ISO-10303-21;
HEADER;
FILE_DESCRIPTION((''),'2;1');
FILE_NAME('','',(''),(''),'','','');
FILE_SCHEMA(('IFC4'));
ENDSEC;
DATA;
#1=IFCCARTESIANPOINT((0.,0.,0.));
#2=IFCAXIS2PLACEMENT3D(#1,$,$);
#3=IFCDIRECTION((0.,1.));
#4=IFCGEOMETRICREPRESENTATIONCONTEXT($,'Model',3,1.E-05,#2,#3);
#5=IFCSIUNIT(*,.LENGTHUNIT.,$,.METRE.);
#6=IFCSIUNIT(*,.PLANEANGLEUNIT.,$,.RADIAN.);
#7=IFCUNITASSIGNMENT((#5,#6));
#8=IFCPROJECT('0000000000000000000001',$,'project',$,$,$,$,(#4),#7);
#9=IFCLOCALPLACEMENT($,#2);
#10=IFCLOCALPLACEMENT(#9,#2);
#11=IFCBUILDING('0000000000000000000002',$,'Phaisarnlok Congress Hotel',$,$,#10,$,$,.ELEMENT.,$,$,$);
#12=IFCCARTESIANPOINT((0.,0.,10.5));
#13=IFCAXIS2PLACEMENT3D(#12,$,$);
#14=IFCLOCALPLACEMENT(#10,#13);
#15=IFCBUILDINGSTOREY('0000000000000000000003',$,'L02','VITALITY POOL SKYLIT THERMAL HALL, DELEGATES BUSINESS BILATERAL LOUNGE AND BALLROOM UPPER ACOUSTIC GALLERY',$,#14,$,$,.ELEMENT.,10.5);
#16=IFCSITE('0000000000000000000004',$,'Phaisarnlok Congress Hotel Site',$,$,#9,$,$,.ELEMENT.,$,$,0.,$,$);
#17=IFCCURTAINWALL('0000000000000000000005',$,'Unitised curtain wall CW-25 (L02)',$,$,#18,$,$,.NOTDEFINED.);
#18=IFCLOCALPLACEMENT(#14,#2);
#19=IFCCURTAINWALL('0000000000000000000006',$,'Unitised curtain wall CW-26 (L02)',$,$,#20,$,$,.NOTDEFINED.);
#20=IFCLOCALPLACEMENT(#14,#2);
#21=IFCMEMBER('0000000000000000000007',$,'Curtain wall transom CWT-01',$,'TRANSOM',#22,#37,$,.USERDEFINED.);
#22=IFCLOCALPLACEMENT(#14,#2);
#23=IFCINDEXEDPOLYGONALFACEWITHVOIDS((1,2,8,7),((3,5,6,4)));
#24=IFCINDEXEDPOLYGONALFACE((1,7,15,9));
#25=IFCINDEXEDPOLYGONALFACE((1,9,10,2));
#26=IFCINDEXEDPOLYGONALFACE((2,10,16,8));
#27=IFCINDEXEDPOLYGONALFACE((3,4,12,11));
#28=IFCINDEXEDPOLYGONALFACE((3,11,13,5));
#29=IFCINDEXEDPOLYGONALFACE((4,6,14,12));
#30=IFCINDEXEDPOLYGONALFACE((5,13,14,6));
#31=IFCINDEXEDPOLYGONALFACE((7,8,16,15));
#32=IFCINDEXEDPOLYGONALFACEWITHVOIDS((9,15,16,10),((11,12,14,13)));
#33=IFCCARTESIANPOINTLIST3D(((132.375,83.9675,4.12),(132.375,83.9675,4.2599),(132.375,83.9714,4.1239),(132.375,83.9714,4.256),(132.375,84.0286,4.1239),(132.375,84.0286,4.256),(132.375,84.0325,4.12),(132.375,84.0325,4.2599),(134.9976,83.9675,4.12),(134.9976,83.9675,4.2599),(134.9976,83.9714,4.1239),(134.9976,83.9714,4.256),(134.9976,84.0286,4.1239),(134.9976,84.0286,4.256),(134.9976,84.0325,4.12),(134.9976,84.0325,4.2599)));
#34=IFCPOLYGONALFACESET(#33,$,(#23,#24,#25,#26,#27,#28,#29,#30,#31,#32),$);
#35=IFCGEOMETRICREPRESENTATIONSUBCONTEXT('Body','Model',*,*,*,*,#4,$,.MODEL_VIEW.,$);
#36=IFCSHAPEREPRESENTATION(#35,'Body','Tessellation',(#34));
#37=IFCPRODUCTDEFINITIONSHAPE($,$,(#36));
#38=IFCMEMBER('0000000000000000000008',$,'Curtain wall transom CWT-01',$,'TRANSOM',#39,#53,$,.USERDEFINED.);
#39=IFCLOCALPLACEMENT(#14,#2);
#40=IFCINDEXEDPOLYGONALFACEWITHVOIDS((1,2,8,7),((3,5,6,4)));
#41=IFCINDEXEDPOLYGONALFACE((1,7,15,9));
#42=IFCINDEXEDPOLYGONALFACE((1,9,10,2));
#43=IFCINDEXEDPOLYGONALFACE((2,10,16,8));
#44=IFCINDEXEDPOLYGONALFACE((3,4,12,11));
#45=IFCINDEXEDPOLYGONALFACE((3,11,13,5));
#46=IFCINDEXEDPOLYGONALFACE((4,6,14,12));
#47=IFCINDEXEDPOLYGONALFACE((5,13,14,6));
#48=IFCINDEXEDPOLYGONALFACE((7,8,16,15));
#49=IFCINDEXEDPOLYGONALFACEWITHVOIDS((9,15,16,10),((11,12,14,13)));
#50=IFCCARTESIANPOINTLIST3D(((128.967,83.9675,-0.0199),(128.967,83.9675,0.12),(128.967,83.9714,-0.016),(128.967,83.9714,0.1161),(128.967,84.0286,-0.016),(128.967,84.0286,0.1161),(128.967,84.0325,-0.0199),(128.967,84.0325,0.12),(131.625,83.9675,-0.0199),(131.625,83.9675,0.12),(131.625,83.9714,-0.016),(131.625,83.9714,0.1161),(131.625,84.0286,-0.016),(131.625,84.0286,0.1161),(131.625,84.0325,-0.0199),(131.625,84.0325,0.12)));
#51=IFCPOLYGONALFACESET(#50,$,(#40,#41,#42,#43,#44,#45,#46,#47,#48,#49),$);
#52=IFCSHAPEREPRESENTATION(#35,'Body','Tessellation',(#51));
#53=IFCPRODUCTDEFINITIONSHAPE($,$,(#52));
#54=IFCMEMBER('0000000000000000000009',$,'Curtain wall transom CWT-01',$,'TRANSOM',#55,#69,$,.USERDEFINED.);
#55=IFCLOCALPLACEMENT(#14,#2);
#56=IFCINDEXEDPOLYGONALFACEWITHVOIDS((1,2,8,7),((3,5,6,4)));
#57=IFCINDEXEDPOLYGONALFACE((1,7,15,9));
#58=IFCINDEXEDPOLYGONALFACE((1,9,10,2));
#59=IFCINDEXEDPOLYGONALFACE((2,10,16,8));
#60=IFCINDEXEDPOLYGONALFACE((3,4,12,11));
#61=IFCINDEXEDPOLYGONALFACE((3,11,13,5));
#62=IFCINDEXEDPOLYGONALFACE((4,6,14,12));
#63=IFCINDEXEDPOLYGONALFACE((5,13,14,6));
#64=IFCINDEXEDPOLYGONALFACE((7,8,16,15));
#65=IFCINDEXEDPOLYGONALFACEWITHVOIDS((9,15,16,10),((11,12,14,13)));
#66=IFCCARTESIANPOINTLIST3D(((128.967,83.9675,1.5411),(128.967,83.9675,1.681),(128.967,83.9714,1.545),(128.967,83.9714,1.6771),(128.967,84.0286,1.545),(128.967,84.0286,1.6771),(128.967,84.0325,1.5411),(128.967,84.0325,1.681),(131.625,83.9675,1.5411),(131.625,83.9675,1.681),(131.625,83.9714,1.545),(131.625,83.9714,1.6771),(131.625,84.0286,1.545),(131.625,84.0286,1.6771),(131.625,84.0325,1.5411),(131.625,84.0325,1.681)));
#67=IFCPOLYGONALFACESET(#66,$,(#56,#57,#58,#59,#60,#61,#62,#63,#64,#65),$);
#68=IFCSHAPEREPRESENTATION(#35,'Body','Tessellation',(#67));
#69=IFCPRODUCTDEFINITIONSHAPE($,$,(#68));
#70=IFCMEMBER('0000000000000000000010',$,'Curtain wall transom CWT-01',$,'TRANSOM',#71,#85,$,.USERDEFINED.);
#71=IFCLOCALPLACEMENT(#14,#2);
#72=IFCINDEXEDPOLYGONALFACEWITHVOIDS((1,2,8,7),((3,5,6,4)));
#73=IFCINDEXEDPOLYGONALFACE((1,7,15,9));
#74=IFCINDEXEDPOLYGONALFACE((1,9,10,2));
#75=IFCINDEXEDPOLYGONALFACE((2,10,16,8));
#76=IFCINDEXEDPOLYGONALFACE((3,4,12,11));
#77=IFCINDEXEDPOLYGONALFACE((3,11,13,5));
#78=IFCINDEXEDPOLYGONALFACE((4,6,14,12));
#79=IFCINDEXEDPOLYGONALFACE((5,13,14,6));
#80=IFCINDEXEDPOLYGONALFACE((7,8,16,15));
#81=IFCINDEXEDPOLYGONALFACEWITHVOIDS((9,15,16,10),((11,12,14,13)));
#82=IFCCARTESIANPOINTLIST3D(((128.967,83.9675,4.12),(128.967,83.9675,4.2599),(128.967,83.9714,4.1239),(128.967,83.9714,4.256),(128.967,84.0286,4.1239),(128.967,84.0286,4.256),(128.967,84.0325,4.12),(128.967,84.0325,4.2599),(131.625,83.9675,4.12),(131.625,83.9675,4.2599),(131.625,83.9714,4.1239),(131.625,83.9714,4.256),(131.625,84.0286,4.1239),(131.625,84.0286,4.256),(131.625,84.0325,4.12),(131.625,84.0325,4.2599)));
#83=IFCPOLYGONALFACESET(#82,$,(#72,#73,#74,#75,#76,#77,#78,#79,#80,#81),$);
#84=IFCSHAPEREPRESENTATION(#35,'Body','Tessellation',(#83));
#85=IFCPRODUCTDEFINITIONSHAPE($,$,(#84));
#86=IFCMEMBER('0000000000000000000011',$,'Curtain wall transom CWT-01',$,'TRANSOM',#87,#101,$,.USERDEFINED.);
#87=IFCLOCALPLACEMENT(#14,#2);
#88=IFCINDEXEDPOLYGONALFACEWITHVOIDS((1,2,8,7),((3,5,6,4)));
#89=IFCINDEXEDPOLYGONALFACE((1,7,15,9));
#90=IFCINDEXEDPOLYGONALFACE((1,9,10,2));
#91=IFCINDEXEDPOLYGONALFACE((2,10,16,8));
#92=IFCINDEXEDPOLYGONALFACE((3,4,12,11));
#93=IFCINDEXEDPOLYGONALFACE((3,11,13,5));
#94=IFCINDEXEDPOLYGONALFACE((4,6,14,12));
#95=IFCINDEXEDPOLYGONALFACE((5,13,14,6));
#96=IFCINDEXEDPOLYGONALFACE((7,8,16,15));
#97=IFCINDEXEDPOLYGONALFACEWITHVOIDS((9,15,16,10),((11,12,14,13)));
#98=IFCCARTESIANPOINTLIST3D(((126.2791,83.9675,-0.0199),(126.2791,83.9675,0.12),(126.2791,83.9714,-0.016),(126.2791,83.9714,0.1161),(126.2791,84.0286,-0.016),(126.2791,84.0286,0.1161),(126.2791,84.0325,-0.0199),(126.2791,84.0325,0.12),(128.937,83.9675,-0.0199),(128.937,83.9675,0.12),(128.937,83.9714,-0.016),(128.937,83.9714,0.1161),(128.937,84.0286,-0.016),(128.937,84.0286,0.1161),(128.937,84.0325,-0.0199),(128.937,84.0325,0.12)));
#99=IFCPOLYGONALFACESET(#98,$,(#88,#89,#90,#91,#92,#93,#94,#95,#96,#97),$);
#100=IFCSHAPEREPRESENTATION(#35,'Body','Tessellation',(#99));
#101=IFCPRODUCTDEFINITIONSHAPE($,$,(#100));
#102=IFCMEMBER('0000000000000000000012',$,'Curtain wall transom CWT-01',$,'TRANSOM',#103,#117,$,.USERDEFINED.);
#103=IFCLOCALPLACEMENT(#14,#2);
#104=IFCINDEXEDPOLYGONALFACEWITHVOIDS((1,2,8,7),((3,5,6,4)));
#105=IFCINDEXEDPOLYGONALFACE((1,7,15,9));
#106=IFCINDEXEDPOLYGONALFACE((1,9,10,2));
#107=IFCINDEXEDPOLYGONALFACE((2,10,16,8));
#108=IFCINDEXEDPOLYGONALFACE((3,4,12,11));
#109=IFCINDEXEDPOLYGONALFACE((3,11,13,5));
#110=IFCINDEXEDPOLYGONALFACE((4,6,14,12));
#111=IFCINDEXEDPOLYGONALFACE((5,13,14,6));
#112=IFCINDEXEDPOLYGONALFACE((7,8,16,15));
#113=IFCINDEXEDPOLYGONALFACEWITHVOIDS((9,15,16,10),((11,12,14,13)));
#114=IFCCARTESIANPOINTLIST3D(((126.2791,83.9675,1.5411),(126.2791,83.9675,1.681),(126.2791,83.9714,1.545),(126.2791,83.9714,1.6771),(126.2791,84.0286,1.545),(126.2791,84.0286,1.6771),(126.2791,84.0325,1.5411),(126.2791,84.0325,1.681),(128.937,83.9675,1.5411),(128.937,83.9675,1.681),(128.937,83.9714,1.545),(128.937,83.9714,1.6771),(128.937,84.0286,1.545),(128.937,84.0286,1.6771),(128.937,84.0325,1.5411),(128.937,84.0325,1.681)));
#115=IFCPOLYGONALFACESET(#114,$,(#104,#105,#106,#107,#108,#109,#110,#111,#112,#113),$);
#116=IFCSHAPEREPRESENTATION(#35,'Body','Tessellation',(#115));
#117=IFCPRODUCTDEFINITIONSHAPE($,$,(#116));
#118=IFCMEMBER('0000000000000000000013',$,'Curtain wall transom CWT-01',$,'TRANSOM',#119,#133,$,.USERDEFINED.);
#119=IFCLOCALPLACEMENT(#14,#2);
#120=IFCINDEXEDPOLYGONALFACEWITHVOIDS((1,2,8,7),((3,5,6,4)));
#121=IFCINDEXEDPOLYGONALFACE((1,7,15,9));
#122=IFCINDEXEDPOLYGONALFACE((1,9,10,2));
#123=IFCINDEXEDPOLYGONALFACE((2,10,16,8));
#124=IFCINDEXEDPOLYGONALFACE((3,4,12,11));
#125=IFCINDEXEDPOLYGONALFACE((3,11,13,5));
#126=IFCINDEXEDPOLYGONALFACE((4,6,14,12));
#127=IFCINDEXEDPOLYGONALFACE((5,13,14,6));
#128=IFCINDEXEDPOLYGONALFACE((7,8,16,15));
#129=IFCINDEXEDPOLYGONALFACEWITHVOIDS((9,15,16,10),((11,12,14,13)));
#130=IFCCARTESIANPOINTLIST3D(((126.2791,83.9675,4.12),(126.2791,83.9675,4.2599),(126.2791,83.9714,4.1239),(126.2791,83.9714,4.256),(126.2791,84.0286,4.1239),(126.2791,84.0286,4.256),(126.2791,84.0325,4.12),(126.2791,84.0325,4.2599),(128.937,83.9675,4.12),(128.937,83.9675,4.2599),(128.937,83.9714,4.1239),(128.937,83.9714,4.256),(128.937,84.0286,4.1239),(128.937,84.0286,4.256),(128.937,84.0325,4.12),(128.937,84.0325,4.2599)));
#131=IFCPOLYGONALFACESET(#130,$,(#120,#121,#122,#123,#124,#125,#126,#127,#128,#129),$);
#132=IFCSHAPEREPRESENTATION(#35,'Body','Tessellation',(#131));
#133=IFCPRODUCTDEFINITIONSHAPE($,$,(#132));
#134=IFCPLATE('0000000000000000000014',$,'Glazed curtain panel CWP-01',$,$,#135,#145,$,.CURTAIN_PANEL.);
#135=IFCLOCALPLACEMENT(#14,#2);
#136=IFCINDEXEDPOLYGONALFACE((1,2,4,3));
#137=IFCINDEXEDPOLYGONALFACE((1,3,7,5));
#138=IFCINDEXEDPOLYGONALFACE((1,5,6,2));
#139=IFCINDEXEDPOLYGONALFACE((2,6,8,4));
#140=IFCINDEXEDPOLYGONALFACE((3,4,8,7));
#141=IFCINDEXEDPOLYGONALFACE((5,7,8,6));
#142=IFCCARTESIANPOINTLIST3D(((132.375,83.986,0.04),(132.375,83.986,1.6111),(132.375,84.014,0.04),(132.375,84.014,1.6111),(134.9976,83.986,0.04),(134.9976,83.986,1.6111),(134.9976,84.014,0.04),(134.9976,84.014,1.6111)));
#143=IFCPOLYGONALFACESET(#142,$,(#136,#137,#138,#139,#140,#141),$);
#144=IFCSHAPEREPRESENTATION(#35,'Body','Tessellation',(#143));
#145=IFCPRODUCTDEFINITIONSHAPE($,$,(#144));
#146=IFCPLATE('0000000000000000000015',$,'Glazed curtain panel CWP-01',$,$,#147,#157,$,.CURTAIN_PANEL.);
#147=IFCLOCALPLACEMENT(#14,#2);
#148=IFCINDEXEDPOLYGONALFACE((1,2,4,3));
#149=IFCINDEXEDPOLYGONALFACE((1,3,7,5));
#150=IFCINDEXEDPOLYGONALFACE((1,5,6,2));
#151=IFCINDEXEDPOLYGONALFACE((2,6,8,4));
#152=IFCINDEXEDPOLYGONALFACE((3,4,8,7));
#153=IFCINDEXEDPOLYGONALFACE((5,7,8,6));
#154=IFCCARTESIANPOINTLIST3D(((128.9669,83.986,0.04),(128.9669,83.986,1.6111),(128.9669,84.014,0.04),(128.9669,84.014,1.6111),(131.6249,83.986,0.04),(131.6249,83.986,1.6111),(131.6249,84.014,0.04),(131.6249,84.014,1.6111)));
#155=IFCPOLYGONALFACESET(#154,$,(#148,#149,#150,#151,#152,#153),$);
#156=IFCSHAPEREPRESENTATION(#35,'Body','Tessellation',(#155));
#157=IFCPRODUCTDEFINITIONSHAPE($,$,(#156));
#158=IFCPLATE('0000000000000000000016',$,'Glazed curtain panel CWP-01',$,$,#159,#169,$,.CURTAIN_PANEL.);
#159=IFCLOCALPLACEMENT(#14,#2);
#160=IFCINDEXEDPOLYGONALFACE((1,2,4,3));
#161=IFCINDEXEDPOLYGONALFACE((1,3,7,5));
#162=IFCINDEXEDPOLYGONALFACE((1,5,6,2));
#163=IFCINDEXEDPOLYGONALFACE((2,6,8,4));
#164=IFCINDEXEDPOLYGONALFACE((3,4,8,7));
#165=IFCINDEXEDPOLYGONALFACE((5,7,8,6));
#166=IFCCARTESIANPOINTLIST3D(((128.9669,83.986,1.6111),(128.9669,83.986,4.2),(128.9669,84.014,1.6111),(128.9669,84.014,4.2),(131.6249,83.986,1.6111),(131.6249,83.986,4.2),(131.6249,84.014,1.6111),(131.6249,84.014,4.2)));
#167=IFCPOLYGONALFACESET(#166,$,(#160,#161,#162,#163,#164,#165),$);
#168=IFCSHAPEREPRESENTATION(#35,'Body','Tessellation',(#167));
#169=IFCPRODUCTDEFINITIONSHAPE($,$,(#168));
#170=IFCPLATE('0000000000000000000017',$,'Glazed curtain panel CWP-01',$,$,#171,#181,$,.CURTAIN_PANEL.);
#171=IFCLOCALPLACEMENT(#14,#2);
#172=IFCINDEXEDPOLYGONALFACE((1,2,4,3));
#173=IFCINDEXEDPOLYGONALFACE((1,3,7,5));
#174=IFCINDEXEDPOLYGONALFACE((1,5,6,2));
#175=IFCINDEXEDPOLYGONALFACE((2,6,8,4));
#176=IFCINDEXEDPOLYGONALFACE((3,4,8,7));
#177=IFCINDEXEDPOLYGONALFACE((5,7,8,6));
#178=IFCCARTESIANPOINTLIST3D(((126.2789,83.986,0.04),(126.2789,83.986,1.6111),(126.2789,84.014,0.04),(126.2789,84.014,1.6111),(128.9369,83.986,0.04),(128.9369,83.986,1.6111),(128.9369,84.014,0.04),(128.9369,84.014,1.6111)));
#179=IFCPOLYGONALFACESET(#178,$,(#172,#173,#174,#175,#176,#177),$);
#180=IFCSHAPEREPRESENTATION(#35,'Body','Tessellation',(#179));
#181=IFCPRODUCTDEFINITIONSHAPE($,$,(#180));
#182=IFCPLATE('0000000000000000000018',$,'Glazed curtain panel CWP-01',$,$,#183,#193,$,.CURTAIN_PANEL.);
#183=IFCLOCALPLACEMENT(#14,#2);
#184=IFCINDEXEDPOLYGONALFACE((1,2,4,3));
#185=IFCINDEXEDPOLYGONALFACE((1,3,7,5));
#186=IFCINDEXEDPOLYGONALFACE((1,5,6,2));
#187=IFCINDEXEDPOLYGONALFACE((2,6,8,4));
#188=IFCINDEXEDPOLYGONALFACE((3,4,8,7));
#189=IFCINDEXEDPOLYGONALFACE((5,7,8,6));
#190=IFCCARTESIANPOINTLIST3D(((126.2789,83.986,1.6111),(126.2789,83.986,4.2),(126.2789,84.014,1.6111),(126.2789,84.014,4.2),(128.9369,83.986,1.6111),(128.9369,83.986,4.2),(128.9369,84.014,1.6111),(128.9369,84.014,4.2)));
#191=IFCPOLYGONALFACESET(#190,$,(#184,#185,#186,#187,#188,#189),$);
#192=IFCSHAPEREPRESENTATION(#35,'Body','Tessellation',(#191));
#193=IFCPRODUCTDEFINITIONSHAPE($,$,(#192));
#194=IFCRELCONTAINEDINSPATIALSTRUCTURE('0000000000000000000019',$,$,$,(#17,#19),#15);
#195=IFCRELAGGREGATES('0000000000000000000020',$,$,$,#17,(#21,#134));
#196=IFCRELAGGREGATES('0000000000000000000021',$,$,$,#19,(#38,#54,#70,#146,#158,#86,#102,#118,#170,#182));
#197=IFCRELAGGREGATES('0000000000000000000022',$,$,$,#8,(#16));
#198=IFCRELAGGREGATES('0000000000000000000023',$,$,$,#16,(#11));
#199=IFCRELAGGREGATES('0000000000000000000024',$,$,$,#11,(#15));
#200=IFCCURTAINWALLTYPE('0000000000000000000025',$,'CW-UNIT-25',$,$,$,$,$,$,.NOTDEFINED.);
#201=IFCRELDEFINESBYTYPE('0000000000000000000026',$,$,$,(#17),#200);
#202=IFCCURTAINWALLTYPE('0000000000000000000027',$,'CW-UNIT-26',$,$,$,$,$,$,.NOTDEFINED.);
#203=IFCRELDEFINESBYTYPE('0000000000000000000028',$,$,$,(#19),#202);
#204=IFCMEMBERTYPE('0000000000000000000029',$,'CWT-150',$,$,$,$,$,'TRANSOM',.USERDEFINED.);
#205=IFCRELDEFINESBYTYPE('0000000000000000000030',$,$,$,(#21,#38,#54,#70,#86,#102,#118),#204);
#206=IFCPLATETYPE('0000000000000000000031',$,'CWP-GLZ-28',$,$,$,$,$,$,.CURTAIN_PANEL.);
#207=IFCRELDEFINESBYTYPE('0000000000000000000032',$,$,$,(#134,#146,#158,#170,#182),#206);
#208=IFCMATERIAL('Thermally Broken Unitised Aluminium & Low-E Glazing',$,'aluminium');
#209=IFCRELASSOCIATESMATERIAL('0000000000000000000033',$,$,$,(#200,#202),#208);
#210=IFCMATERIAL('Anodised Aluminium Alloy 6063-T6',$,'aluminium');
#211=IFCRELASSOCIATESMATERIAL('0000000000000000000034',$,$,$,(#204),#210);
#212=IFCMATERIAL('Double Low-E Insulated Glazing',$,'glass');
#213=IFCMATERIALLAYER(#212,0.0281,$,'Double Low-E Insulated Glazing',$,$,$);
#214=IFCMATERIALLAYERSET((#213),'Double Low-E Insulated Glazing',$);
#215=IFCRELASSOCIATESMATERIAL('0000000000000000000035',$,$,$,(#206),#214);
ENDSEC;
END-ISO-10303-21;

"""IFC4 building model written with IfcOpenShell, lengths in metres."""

from ifc_helpers import new_model, si_unit, direction, frame, frame_2d, origin, origin_2d, place, context, subcontext, project, spatial, rectangle, hollow_rectangle, extrude, material, layer, layer_set, material_profile, profile_set, type_object, element, aggregate, save


model = new_model("IFC4")

# Units and contexts
model_context = context("Model", 3, precision=1e-05, world=origin(), true_north=direction((0.0, 1.0)))
body_context = subcontext(model_context, "Body", "Model", "MODEL_VIEW")
ifc_project = project(units=[si_unit("LENGTHUNIT", "METRE"), si_unit("PLANEANGLEUNIT", "RADIAN")], contexts=[model_context])

# Site, building, storey
site_placement = place(None, origin())
site = spatial("IfcSite", under=ifc_project, at=site_placement, Name="Phaisarnlok Congress Hotel Site", CompositionType="ELEMENT", RefElevation=0.0)
building_placement = place(site_placement, origin())
building = spatial("IfcBuilding", under=site, at=building_placement, Name="Phaisarnlok Congress Hotel", CompositionType="ELEMENT")
storey_placement = place(building_placement, frame((0.0, 0.0, 10.5)))
storey = spatial("IfcBuildingStorey", under=building, at=storey_placement, Name="L02", Description="VITALITY POOL SKYLIT THERMAL HALL, DELEGATES BUSINESS BILATERAL LOUNGE AND BALLROOM UPPER ACOUSTIC GALLERY", CompositionType="ELEMENT", Elevation=10.5)

# Curtain wall
ifc_material_1 = material(Name="Thermally Broken Unitised Aluminium & Low-E Glazing", Category="aluminium")
curtain_wall_type_1 = type_object("IfcCurtainWallType", Name="CW-UNIT-25", PredefinedType="NOTDEFINED", material=ifc_material_1)
curtain_wall_1_placement = place(storey_placement, origin())
curtain_wall_1 = element("IfcCurtainWall", 1, at=curtain_wall_1_placement, inside=storey, type_object=curtain_wall_type_1, Name="Unitised curtain wall CW-25 (L02)", PredefinedType="NOTDEFINED")
ifc_material_2 = material(Name="Anodised Aluminium Alloy 6063-T6", Category="aluminium")

# Curtain wall
curtain_wall_type_2 = type_object("IfcCurtainWallType", Name="CW-UNIT-26", PredefinedType="NOTDEFINED", material=ifc_material_1)
curtain_wall_2_placement = place(storey_placement, origin())
curtain_wall_2 = element("IfcCurtainWall", 2, at=curtain_wall_2_placement, inside=storey, type_object=curtain_wall_type_2, Name="Unitised curtain wall CW-26 (L02)", PredefinedType="NOTDEFINED")

# Members
ifc_material_profile_1 = material_profile(ifc_material_2, hollow_rectangle(XDim=0.0649, YDim=0.1399, WallThickness=0.0039, at=origin_2d()), Name="ALU-T 65x140x4")
ifc_profile_set_1 = profile_set([ifc_material_profile_1], Name="Anodised Aluminium Alloy 6063-T6")
member_type_1 = type_object("IfcMemberType", Name="CWT-150", ElementType="TRANSOM", PredefinedType="USERDEFINED", material=ifc_profile_set_1)
member_1_placement = place(storey_placement, frame((134.9976, 84.0, 4.1899), z_axis=(-1.0, 0.0, 0.0), x_axis=(0.0, -1.0, 0.0)))
member_1 = element("IfcMember", 3, at=member_1_placement, type_object=member_type_1, Name="Curtain wall transom CWT-01", ObjectType="TRANSOM", PredefinedType="USERDEFINED", context=body_context, shape_type="SweptSolid", body=[
    extrude(hollow_rectangle(XDim=0.0649, YDim=0.1399, WallThickness=0.0039, at=origin_2d()), origin(), (0.0, 0.0, 1.0), 2.6226),
])
member_2_placement = place(storey_placement, frame((131.625, 84.0, 0.05), z_axis=(-1.0, 0.0, 0.0), x_axis=(0.0, -1.0, 0.0)))
member_2 = element("IfcMember", 4, at=member_2_placement, type_object=member_type_1, Name="Curtain wall transom CWT-01", ObjectType="TRANSOM", PredefinedType="USERDEFINED", context=body_context, shape_type="SweptSolid", body=[
    extrude(hollow_rectangle(XDim=0.0649, YDim=0.1399, WallThickness=0.0039, at=origin_2d()), origin(), (0.0, 0.0, 1.0), 2.658),
])
member_3_placement = place(storey_placement, frame((131.625, 84.0, 1.6111), z_axis=(-1.0, 0.0, 0.0), x_axis=(0.0, -1.0, 0.0)))
member_3 = element("IfcMember", 5, at=member_3_placement, type_object=member_type_1, Name="Curtain wall transom CWT-01", ObjectType="TRANSOM", PredefinedType="USERDEFINED", context=body_context, shape_type="SweptSolid", body=[
    extrude(hollow_rectangle(XDim=0.0649, YDim=0.1399, WallThickness=0.0039, at=origin_2d()), origin(), (0.0, 0.0, 1.0), 2.658),
])
member_4_placement = place(storey_placement, frame((131.625, 84.0, 4.1899), z_axis=(-1.0, 0.0, 0.0), x_axis=(0.0, -1.0, 0.0)))
member_4 = element("IfcMember", 6, at=member_4_placement, type_object=member_type_1, Name="Curtain wall transom CWT-01", ObjectType="TRANSOM", PredefinedType="USERDEFINED", context=body_context, shape_type="SweptSolid", body=[
    extrude(hollow_rectangle(XDim=0.0649, YDim=0.1399, WallThickness=0.0039, at=origin_2d()), origin(), (0.0, 0.0, 1.0), 2.658),
])
member_5_placement = place(storey_placement, frame((128.937, 84.0, 0.05), z_axis=(-1.0, 0.0, 0.0), x_axis=(0.0, -1.0, 0.0)))
member_5 = element("IfcMember", 7, at=member_5_placement, type_object=member_type_1, Name="Curtain wall transom CWT-01", ObjectType="TRANSOM", PredefinedType="USERDEFINED", context=body_context, shape_type="SweptSolid", body=[
    extrude(hollow_rectangle(XDim=0.0649, YDim=0.1399, WallThickness=0.0039, at=origin_2d()), origin(), (0.0, 0.0, 1.0), 2.658),
])
member_6_placement = place(storey_placement, frame((128.937, 84.0, 1.6111), z_axis=(-1.0, 0.0, 0.0), x_axis=(0.0, -1.0, 0.0)))
member_6 = element("IfcMember", 8, at=member_6_placement, type_object=member_type_1, Name="Curtain wall transom CWT-01", ObjectType="TRANSOM", PredefinedType="USERDEFINED", context=body_context, shape_type="SweptSolid", body=[
    extrude(hollow_rectangle(XDim=0.0649, YDim=0.1399, WallThickness=0.0039, at=origin_2d()), origin(), (0.0, 0.0, 1.0), 2.658),
])
member_7_placement = place(storey_placement, frame((128.937, 84.0, 4.1899), z_axis=(-1.0, 0.0, 0.0), x_axis=(0.0, -1.0, 0.0)))
member_7 = element("IfcMember", 9, at=member_7_placement, type_object=member_type_1, Name="Curtain wall transom CWT-01", ObjectType="TRANSOM", PredefinedType="USERDEFINED", context=body_context, shape_type="SweptSolid", body=[
    extrude(hollow_rectangle(XDim=0.0649, YDim=0.1399, WallThickness=0.0039, at=origin_2d()), origin(), (0.0, 0.0, 1.0), 2.658),
])

# Plates
ifc_material_3 = material(Name="Double Low-E Insulated Glazing", Category="glass")
ifc_layer_1 = layer(ifc_material_3, 0.0281, Name="Double Low-E Insulated Glazing")
ifc_layer_set_1 = layer_set([ifc_layer_1], Name="Double Low-E Insulated Glazing")
plate_type_1 = type_object("IfcPlateType", Name="CWP-GLZ-28", PredefinedType="CURTAIN_PANEL", material=ifc_layer_set_1)
plate_1_placement = place(storey_placement, frame((134.9976, 84.0, 0.04), z_axis=(0.0, 0.0, 1.0), x_axis=(-1.0, 0.0, 0.0)))
plate_1 = element("IfcPlate", 10, at=plate_1_placement, type_object=plate_type_1, Name="Glazed curtain panel CWP-01", PredefinedType="CURTAIN_PANEL", context=body_context, shape_type="SweptSolid", body=[
    extrude(rectangle(XDim=2.6226, YDim=0.0281, at=frame_2d((1.3113, 0.0))), origin(), (0.0, 0.0, 1.0), 1.571),
])
aggregate(curtain_wall_1, [member_1, plate_1])
plate_2_placement = place(storey_placement, frame((131.625, 84.0, 0.04), z_axis=(0.0, 0.0, 1.0), x_axis=(-1.0, 0.0, 0.0)))
plate_2 = element("IfcPlate", 11, at=plate_2_placement, type_object=plate_type_1, Name="Glazed curtain panel CWP-01", PredefinedType="CURTAIN_PANEL", context=body_context, shape_type="SweptSolid", body=[
    extrude(rectangle(XDim=2.658, YDim=0.0281, at=frame_2d((1.3291, 0.0))), origin(), (0.0, 0.0, 1.0), 1.571),
])
plate_3_placement = place(storey_placement, frame((131.625, 84.0, 1.6111), z_axis=(0.0, 0.0, 1.0), x_axis=(-1.0, 0.0, 0.0)))
plate_3 = element("IfcPlate", 12, at=plate_3_placement, type_object=plate_type_1, Name="Glazed curtain panel CWP-01", PredefinedType="CURTAIN_PANEL", context=body_context, shape_type="SweptSolid", body=[
    extrude(rectangle(XDim=2.658, YDim=0.0281, at=frame_2d((1.3291, 0.0))), origin(), (0.0, 0.0, 1.0), 2.5889),
])
plate_4_placement = place(storey_placement, frame((128.937, 84.0, 0.04), z_axis=(0.0, 0.0, 1.0), x_axis=(-1.0, 0.0, 0.0)))
plate_4 = element("IfcPlate", 13, at=plate_4_placement, type_object=plate_type_1, Name="Glazed curtain panel CWP-01", PredefinedType="CURTAIN_PANEL", context=body_context, shape_type="SweptSolid", body=[
    extrude(rectangle(XDim=2.658, YDim=0.0281, at=frame_2d((1.3291, 0.0))), origin(), (0.0, 0.0, 1.0), 1.571),
])
plate_5_placement = place(storey_placement, frame((128.937, 84.0, 1.6111), z_axis=(0.0, 0.0, 1.0), x_axis=(-1.0, 0.0, 0.0)))
plate_5 = element("IfcPlate", 14, at=plate_5_placement, type_object=plate_type_1, Name="Glazed curtain panel CWP-01", PredefinedType="CURTAIN_PANEL", context=body_context, shape_type="SweptSolid", body=[
    extrude(rectangle(XDim=2.658, YDim=0.0281, at=frame_2d((1.3291, 0.0))), origin(), (0.0, 0.0, 1.0), 2.5889),
])
aggregate(curtain_wall_2, [member_2, member_3, member_4, plate_2, plate_3, member_5, member_6, member_7, plate_4, plate_5])

save(model, "model.ifc")
